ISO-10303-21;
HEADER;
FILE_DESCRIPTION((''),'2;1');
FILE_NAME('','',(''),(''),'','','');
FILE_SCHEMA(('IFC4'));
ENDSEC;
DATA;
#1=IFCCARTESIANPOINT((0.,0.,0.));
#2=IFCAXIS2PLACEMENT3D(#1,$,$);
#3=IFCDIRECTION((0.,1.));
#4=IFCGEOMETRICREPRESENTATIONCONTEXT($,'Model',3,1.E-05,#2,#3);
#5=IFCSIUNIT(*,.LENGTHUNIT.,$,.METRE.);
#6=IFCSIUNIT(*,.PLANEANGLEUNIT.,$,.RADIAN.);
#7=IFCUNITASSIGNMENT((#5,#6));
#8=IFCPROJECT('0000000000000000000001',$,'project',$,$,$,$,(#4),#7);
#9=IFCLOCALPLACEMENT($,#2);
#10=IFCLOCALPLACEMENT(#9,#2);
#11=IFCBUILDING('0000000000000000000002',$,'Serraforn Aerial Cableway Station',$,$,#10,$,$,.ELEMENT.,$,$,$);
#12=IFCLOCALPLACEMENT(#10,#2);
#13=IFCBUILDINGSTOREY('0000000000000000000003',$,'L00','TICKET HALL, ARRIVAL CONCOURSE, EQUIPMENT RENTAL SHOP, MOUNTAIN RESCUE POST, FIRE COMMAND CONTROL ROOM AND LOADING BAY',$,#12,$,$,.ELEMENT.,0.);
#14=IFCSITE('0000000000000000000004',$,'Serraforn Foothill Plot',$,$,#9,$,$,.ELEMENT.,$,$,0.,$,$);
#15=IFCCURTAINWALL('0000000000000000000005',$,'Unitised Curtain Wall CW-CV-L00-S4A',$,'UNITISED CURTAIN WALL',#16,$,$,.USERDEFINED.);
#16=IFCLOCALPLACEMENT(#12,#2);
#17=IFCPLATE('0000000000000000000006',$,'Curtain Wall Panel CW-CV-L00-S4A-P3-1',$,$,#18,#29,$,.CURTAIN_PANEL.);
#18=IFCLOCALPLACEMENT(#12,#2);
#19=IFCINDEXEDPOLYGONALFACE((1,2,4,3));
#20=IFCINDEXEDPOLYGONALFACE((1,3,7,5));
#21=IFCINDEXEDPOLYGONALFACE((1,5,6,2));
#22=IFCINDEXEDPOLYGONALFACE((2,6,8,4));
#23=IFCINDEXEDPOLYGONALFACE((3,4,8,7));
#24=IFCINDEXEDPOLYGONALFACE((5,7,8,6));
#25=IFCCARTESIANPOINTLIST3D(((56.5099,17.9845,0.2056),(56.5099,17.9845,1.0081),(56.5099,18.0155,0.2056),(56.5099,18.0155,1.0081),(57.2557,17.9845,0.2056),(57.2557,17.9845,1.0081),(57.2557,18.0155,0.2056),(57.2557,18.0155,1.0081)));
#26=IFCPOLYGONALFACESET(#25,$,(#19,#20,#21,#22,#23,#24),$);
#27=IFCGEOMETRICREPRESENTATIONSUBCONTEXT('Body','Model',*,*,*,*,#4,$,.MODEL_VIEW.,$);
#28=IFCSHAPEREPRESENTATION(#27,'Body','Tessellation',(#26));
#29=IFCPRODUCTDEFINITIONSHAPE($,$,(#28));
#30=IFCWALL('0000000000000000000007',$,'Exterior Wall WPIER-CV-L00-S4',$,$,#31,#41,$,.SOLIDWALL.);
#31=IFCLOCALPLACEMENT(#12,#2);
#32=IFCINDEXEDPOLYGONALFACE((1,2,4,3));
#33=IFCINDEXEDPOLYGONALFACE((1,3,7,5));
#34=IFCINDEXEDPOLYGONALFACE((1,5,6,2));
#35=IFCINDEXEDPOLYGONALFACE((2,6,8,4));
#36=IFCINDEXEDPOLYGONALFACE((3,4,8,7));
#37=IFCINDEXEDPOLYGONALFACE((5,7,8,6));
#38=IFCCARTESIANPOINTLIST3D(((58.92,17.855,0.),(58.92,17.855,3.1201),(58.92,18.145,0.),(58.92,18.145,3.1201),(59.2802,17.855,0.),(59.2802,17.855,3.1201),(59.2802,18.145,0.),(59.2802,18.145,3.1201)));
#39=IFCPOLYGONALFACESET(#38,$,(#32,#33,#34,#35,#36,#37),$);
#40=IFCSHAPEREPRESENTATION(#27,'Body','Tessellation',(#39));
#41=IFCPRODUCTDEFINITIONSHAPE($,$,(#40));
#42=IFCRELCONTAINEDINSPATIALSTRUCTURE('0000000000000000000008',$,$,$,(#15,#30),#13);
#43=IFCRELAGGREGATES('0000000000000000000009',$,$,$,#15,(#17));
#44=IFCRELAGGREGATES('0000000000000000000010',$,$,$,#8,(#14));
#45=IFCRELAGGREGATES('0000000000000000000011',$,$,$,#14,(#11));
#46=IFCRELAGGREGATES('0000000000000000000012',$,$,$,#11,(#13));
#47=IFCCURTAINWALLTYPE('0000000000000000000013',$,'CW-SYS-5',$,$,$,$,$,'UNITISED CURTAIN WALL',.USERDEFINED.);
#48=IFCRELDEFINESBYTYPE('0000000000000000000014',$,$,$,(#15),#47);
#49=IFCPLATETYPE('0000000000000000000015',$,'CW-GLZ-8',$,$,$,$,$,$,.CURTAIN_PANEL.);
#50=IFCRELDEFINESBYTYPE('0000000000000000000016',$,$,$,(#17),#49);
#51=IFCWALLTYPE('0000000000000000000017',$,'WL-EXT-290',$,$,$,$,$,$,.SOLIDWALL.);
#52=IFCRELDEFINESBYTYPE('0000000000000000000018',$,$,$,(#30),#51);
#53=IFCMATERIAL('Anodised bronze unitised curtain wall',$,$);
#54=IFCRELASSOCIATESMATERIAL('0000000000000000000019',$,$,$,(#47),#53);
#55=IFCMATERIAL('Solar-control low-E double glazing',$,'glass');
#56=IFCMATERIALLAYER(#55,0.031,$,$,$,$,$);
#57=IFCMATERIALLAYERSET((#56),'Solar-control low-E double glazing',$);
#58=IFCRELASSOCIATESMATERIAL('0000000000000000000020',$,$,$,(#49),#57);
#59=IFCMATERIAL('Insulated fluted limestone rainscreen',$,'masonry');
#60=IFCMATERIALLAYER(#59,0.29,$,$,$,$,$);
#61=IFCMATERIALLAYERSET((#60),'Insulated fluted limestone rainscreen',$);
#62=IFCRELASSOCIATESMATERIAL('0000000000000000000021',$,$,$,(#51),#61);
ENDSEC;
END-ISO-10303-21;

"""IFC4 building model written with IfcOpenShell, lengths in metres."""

from ifc_helpers import new_model, si_unit, direction, frame, frame_2d, origin, origin_2d, place, context, subcontext, project, spatial, rectangle, extrude, material, layer, layer_set, type_object, element, aggregate, save


model = new_model("IFC4")

# Units and contexts
model_context = context("Model", 3, precision=1e-05, world=origin(), true_north=direction((0.0, 1.0)))
body_context = subcontext(model_context, "Body", "Model", "MODEL_VIEW")
ifc_project = project(units=[si_unit("LENGTHUNIT", "METRE"), si_unit("PLANEANGLEUNIT", "RADIAN")], contexts=[model_context])

# Site, building, storey
site_placement = place(None, origin())
site = spatial("IfcSite", under=ifc_project, at=site_placement, Name="Serraforn Foothill Plot", CompositionType="ELEMENT", RefElevation=0.0)
building_placement = place(site_placement, origin())
building = spatial("IfcBuilding", under=site, at=building_placement, Name="Serraforn Aerial Cableway Station", CompositionType="ELEMENT")
storey_placement = place(building_placement, origin())
storey = spatial("IfcBuildingStorey", under=building, at=storey_placement, Name="L00", Description="TICKET HALL, ARRIVAL CONCOURSE, EQUIPMENT RENTAL SHOP, MOUNTAIN RESCUE POST, FIRE COMMAND CONTROL ROOM AND LOADING BAY", CompositionType="ELEMENT", Elevation=0.0)

# Curtain wall
ifc_material_1 = material(Name="Anodised bronze unitised curtain wall")
curtain_wall_type_1 = type_object("IfcCurtainWallType", Name="CW-SYS-5", ElementType="UNITISED CURTAIN WALL", PredefinedType="USERDEFINED", material=ifc_material_1)
curtain_wall_1_placement = place(storey_placement, origin())
curtain_wall_1 = element("IfcCurtainWall", 1, at=curtain_wall_1_placement, inside=storey, type_object=curtain_wall_type_1, Name="Unitised Curtain Wall CW-CV-L00-S4A", ObjectType="UNITISED CURTAIN WALL", PredefinedType="USERDEFINED")

# Plate
ifc_material_2 = material(Name="Solar-control low-E double glazing", Category="glass")
ifc_layer_1 = layer(ifc_material_2, 0.031)
ifc_layer_set_1 = layer_set([ifc_layer_1], Name="Solar-control low-E double glazing")
plate_type_1 = type_object("IfcPlateType", Name="CW-GLZ-8", PredefinedType="CURTAIN_PANEL", material=ifc_layer_set_1)
plate_1_placement = place(storey_placement, frame((56.8828, 18.0, 0.2056), z_axis=(0.0, 0.0, 1.0), x_axis=(1.0, 0.0, 0.0)))
plate_1 = element("IfcPlate", 2, at=plate_1_placement, type_object=plate_type_1, Name="Curtain Wall Panel CW-CV-L00-S4A-P3-1", PredefinedType="CURTAIN_PANEL", context=body_context, shape_type="SweptSolid", body=[
    extrude(rectangle(XDim=0.7458, YDim=0.031, at=origin_2d()), origin(), (0.0, 0.0, 1.0), 0.8025),
])
aggregate(curtain_wall_1, [plate_1])

# Wall
ifc_material_3 = material(Name="Insulated fluted limestone rainscreen", Category="masonry")
ifc_layer_2 = layer(ifc_material_3, 0.29)
ifc_layer_set_2 = layer_set([ifc_layer_2], Name="Insulated fluted limestone rainscreen")
wall_type = type_object("IfcWallType", Name="WL-EXT-290", PredefinedType="SOLIDWALL", material=ifc_layer_set_2)
wall_placement = place(storey_placement, frame((58.9199, 18.0, 0.0), z_axis=(0.0, 0.0, 1.0), x_axis=(1.0, 0.0, 0.0)))
element("IfcWall", 3, at=wall_placement, inside=storey, type_object=wall_type, Name="Exterior Wall WPIER-CV-L00-S4", PredefinedType="SOLIDWALL", context=body_context, shape_type="SweptSolid", body=[
    extrude(rectangle(XDim=0.3601, YDim=0.29, at=frame_2d((0.1802, 0.0))), origin(), (0.0, 0.0, 1.0), 3.1201),
])

save(model, "model.ifc")
